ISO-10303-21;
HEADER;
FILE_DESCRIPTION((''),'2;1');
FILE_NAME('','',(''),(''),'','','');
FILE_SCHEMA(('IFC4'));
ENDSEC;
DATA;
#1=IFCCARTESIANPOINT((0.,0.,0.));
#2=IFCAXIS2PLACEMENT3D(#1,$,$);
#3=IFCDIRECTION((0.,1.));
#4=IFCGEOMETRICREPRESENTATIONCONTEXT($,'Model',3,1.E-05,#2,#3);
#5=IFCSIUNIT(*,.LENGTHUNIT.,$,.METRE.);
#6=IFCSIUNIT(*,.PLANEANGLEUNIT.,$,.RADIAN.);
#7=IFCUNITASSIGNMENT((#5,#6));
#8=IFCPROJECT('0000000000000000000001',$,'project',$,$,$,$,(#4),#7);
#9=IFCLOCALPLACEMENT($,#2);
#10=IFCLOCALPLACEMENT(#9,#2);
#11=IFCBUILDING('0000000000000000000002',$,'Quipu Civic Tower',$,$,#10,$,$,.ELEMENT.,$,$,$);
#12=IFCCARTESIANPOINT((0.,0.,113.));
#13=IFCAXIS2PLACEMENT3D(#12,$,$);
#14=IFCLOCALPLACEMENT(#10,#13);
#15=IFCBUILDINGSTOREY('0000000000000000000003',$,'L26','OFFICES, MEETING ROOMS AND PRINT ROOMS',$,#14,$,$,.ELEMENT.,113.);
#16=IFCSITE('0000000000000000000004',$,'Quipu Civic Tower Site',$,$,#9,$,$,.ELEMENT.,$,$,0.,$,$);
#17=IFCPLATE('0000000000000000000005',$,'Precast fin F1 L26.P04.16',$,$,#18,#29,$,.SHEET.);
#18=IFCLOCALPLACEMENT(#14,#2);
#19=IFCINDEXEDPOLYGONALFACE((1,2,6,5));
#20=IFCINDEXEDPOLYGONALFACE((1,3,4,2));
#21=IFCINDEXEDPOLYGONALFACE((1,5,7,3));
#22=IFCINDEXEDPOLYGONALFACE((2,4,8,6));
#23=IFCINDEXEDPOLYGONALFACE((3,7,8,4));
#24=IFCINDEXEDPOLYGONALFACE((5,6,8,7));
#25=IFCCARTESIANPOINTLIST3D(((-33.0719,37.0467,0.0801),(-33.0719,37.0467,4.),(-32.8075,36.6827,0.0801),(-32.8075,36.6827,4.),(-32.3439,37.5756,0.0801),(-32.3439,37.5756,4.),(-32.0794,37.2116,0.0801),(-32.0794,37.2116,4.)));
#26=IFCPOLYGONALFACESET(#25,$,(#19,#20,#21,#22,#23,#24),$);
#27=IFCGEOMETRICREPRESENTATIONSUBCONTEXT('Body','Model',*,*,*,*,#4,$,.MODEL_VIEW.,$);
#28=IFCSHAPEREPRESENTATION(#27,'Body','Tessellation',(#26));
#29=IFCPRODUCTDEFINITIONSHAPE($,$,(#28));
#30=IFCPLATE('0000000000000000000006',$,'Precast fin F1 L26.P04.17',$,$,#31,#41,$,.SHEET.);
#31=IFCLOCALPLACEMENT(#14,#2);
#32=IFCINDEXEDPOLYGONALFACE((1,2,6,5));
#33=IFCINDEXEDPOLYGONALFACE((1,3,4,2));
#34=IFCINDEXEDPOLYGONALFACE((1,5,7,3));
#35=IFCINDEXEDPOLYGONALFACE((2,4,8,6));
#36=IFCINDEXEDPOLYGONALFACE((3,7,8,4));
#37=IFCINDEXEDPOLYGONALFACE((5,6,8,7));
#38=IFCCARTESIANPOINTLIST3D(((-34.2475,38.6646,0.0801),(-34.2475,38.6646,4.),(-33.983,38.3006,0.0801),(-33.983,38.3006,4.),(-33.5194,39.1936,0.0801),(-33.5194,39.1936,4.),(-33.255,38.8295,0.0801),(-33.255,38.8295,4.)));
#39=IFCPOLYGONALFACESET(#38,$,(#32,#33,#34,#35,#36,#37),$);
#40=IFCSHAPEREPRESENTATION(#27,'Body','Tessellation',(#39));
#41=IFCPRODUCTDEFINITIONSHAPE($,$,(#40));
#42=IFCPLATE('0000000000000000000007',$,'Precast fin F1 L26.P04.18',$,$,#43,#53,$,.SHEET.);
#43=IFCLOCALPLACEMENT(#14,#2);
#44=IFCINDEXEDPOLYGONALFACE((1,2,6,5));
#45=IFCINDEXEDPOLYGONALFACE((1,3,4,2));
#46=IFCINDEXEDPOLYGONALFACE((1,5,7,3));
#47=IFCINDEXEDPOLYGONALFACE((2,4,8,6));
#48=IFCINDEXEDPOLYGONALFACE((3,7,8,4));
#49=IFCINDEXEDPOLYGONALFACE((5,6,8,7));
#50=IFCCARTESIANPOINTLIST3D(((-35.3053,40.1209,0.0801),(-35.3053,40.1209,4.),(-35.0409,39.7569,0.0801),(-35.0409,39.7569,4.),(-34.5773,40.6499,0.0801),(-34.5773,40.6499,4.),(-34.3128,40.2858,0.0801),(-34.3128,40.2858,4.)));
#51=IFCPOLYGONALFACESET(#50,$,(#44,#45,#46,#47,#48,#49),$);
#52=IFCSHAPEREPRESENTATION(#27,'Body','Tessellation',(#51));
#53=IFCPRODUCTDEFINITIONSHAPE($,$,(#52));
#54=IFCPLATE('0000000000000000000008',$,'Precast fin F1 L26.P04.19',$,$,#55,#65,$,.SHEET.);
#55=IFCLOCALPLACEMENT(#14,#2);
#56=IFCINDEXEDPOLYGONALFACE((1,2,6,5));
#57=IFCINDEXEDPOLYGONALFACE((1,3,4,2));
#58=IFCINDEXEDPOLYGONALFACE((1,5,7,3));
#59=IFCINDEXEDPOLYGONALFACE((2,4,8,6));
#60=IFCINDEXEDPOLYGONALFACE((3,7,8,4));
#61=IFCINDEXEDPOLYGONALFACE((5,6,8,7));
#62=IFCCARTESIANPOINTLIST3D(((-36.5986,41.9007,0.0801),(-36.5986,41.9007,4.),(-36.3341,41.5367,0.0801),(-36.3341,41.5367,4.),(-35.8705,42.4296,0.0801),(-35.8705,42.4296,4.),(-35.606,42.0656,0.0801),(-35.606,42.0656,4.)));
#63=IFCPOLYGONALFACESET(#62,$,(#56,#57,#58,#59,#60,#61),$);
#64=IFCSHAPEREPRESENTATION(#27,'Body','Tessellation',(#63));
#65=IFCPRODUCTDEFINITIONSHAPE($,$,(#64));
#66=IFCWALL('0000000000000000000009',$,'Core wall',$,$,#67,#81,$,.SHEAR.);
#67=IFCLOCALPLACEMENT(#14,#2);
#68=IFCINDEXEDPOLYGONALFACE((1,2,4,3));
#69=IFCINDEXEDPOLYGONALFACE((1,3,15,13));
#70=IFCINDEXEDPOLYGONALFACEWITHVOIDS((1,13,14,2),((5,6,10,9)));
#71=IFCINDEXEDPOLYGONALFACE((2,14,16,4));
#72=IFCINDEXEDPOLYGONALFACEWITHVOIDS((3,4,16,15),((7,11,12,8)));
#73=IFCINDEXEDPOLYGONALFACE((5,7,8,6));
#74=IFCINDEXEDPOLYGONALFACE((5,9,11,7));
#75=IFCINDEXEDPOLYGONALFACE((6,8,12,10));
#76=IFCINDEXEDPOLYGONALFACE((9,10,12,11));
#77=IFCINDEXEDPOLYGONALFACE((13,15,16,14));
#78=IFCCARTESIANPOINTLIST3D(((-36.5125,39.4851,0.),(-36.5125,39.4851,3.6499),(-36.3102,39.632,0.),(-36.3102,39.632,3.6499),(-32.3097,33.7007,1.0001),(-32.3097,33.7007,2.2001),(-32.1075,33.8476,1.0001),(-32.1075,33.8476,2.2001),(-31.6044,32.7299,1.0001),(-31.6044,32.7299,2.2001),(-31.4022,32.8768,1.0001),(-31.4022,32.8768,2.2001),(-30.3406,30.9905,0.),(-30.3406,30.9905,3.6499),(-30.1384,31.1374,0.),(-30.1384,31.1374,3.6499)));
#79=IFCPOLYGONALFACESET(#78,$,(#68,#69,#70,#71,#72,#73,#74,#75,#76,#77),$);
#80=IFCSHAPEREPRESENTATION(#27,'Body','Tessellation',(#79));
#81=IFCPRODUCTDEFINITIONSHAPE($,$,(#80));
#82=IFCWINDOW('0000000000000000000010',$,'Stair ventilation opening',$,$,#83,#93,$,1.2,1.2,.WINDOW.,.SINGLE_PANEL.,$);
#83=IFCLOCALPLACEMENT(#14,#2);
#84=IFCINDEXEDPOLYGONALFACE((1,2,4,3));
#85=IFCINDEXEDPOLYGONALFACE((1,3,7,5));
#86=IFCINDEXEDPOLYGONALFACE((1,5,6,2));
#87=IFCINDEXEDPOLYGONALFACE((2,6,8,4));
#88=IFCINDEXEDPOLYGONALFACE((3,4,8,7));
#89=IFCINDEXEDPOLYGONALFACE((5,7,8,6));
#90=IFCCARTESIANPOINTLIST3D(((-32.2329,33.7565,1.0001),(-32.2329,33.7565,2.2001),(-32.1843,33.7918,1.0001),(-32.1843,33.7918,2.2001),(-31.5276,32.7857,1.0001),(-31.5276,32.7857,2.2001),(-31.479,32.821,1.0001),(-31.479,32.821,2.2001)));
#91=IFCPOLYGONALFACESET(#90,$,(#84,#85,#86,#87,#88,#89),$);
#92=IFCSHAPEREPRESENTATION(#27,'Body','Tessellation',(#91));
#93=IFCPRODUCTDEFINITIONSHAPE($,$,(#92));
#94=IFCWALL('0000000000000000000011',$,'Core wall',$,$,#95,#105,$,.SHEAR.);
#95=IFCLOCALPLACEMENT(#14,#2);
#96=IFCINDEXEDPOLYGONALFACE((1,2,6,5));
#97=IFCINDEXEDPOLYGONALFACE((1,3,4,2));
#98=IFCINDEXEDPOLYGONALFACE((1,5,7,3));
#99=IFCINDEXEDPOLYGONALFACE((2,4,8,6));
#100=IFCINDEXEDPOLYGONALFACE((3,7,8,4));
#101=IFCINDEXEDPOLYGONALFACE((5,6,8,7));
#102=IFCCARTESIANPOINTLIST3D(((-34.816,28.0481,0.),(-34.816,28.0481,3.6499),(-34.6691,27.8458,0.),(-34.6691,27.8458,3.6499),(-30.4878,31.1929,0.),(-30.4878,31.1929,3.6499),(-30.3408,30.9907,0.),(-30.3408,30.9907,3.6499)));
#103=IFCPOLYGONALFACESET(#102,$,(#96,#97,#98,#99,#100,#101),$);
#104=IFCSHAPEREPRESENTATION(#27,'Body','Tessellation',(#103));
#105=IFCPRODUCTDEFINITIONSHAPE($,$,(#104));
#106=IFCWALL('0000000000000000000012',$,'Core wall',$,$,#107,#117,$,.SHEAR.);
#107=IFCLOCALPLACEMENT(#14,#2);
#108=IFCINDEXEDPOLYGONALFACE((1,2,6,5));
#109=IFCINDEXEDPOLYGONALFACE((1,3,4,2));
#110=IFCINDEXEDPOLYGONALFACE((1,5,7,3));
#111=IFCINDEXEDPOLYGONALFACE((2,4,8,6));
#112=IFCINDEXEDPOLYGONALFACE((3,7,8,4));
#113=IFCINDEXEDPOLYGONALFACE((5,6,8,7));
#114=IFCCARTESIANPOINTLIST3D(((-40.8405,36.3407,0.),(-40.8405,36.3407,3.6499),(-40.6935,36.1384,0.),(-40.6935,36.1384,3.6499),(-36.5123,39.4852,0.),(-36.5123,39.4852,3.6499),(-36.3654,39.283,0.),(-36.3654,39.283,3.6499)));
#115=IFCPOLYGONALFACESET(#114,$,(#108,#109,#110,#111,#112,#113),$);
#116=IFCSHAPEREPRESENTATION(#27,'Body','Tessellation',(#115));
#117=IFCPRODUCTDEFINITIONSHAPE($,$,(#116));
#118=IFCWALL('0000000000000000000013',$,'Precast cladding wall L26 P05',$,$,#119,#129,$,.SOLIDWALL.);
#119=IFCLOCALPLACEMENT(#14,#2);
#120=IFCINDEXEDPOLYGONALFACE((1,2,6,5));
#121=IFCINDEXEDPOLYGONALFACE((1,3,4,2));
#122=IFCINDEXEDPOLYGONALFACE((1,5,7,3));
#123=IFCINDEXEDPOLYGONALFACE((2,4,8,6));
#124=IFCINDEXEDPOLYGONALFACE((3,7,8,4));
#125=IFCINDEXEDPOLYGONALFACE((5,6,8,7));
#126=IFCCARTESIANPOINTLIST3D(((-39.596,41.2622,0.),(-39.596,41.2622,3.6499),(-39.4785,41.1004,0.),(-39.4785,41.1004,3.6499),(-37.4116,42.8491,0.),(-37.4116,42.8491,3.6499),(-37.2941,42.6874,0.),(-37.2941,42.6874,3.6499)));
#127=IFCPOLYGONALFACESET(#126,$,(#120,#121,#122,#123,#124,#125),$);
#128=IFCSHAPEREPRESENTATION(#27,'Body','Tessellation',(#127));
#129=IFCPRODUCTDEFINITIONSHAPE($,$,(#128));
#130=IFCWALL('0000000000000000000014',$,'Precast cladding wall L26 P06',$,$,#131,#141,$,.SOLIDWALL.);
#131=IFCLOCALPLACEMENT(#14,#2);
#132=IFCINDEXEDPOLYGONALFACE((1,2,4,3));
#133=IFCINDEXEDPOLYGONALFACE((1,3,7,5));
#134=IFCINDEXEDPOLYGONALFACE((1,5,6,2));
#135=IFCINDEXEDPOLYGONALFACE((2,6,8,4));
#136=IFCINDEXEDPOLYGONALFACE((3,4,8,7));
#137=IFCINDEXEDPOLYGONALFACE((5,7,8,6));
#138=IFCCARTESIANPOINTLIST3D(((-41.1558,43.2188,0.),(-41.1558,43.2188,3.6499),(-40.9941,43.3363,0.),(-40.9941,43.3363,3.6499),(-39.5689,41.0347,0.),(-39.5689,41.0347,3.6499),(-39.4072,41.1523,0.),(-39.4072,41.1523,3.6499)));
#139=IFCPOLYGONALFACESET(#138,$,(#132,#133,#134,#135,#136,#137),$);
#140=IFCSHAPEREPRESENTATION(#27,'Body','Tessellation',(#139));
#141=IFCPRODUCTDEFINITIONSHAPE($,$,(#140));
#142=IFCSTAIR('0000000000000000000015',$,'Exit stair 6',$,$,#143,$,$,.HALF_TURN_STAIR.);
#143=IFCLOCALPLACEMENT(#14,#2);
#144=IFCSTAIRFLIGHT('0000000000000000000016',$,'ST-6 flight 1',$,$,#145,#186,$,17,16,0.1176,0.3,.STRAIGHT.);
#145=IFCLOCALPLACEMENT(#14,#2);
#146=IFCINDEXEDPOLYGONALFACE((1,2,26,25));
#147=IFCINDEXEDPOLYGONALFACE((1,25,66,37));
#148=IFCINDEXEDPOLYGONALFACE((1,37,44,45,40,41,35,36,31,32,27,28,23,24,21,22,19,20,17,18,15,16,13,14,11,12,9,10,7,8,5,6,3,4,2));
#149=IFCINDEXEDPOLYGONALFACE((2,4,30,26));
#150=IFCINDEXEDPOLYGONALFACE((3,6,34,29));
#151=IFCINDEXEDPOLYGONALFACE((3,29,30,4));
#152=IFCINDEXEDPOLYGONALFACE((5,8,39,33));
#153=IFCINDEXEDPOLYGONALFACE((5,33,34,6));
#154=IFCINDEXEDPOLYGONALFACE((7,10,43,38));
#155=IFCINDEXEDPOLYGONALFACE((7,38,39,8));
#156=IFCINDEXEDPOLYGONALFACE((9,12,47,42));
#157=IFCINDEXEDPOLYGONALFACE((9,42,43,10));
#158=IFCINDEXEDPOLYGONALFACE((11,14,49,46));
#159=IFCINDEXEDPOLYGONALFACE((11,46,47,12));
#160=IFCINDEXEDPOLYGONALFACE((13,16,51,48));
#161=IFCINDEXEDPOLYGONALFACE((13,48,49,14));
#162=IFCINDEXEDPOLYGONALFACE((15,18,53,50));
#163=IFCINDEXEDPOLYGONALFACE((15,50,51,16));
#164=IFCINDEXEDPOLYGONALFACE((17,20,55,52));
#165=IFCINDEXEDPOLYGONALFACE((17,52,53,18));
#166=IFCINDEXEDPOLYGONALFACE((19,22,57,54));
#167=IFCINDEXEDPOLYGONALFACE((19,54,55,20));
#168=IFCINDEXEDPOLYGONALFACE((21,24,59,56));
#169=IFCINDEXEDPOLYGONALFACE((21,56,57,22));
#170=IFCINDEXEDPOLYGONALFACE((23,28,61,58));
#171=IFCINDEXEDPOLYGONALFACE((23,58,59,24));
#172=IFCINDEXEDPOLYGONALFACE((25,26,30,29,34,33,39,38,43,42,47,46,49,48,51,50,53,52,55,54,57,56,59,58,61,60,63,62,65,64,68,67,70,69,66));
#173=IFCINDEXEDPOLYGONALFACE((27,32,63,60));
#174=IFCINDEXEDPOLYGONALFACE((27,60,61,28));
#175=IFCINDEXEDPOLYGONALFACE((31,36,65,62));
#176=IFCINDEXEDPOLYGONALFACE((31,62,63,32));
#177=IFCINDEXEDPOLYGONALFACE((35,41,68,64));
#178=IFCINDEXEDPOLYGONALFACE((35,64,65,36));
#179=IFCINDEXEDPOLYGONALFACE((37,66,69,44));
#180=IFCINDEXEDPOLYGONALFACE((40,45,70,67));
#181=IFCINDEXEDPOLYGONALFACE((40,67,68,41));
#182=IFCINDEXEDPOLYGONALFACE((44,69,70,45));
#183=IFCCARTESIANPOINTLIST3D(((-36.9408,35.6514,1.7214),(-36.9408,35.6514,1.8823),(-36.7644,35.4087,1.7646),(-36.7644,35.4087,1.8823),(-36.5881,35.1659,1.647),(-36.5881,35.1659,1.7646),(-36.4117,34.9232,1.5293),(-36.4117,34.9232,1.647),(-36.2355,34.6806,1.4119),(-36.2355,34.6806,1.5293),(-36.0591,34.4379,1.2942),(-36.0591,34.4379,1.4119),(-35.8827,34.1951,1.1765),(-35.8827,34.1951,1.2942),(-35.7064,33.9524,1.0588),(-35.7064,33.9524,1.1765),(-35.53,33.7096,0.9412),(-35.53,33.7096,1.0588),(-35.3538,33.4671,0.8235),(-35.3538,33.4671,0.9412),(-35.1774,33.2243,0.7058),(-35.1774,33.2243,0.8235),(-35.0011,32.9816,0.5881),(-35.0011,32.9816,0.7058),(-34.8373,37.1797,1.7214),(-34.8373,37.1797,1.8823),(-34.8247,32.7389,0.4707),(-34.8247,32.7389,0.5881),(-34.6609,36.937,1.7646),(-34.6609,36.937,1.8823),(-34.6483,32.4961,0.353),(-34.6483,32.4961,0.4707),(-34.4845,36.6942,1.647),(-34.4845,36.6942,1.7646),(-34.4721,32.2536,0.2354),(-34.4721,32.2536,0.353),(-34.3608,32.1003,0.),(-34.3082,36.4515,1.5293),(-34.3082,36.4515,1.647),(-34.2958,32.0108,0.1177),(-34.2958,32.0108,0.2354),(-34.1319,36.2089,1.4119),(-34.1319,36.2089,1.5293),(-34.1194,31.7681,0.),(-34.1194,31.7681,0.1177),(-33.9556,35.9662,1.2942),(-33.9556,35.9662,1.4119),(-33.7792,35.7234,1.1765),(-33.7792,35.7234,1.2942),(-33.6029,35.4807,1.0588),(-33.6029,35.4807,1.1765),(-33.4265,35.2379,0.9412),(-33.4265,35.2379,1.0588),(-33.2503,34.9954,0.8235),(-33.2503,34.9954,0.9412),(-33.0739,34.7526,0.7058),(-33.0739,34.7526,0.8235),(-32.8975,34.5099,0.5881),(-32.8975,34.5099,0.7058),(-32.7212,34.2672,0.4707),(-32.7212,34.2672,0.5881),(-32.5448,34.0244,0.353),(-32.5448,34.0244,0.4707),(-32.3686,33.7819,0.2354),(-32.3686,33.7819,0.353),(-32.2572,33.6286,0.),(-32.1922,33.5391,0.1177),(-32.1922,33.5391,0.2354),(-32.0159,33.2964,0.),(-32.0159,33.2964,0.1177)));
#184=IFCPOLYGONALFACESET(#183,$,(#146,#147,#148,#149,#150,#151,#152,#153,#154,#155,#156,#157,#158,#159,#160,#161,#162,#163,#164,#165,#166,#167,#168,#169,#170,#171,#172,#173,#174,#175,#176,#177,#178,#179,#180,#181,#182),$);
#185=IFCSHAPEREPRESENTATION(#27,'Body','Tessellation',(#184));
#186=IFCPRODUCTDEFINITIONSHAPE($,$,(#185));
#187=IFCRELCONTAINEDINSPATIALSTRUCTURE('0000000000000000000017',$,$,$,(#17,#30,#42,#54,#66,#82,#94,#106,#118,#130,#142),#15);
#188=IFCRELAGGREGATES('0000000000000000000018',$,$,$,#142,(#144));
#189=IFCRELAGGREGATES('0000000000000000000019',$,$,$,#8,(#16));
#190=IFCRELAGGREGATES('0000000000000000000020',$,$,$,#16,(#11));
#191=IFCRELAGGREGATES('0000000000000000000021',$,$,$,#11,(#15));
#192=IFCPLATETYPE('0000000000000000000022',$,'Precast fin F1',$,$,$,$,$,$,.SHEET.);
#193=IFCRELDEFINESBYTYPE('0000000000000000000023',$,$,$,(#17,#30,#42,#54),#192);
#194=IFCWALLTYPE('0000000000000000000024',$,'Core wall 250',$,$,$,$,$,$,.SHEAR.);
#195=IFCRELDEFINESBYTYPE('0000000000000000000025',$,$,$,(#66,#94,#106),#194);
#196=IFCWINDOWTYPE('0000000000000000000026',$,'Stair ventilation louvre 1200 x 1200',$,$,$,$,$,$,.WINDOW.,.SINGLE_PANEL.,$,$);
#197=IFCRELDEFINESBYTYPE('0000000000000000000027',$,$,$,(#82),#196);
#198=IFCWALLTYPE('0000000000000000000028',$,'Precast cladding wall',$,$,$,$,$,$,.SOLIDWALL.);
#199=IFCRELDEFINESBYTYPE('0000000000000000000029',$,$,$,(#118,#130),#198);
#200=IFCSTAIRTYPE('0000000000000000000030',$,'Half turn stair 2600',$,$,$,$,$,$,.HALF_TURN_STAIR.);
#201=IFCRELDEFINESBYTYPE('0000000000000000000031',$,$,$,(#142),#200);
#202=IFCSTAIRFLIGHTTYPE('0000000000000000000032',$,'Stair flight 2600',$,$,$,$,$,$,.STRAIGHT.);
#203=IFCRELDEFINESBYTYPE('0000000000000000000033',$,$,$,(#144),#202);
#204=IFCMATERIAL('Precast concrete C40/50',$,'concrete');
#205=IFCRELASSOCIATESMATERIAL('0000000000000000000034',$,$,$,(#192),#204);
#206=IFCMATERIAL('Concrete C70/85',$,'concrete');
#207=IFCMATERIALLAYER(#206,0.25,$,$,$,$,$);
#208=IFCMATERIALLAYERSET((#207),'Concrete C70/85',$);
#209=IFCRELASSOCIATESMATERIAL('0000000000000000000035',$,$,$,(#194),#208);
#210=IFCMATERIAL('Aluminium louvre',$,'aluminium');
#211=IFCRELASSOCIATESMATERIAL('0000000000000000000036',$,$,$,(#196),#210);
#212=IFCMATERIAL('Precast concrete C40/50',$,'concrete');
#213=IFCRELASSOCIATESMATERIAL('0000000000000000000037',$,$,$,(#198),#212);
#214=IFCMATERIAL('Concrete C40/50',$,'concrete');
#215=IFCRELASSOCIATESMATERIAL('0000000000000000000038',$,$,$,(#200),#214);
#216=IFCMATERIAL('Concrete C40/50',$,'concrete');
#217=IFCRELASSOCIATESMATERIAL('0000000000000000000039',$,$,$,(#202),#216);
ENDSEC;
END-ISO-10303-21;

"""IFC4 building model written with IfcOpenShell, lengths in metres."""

from ifc_helpers import new_model, si_unit, direction, frame, frame_2d, origin, origin_2d, place, context, subcontext, project, spatial, polyline, rectangle, outline, extrude, material, layer, layer_set, type_object, element, fill, aggregate, save


model = new_model("IFC4")

# Units and contexts
model_context = context("Model", 3, precision=1e-05, world=origin(), true_north=direction((0.0, 1.0)))
body_context = subcontext(model_context, "Body", "Model", "MODEL_VIEW")
ifc_project = project(units=[si_unit("LENGTHUNIT", "METRE"), si_unit("PLANEANGLEUNIT", "RADIAN")], contexts=[model_context])

# Site, building, storey
site_placement = place(None, origin())
site = spatial("IfcSite", under=ifc_project, at=site_placement, Name="Quipu Civic Tower Site", CompositionType="ELEMENT", RefElevation=0.0)
building_placement = place(site_placement, origin())
building = spatial("IfcBuilding", under=site, at=building_placement, Name="Quipu Civic Tower", CompositionType="ELEMENT")
storey_placement = place(building_placement, frame((0.0, 0.0, 113.0)))
storey = spatial("IfcBuildingStorey", under=building, at=storey_placement, Name="L26", Description="OFFICES, MEETING ROOMS AND PRINT ROOMS", CompositionType="ELEMENT", Elevation=113.0)

# Plates
ifc_material_1 = material(Name="Precast concrete C40/50", Category="concrete")
plate_type_1 = type_object("IfcPlateType", Name="Precast fin F1", PredefinedType="SHEET", material=ifc_material_1)
for number, where, z_axis, x_axis, name in (
    (1, (-32.5757, 37.1292, 0.0801), (0.0, 0.0, 1.0), (-0.587785, 0.809017, 0.0), "Precast fin F1 L26.P04.16"),
    (2, (-33.7512, 38.7471, 0.0801), (0.0, 0.0, 1.0), (-0.587785, 0.809017, 0.0), "Precast fin F1 L26.P04.17"),
    (3, (-34.8091, 40.2034, 0.0801), (0.0, 0.0, 1.0), (-0.587785, 0.809017, 0.0), "Precast fin F1 L26.P04.18"),
    (4, (-36.1023, 41.9832, 0.0801), (0.0, 0.0, 1.0), (-0.587785, 0.809017, 0.0), "Precast fin F1 L26.P04.19"),
):
    element("IfcPlate", number, at=place(storey_placement, frame(where, z_axis=z_axis, x_axis=x_axis)), inside=storey, type_object=plate_type_1, Name=name, PredefinedType="SHEET", context=body_context, shape_type="SweptSolid", body=[
        extrude(rectangle(XDim=0.45, YDim=0.8999, at=origin_2d()), origin(), (0.0, 0.0, 1.0), 3.9199),
    ])

# Wall, opening, window
ifc_material_2 = material(Name="Concrete C70/85", Category="concrete")
ifc_layer_1 = layer(ifc_material_2, 0.25)
ifc_layer_set_1 = layer_set([ifc_layer_1], Name="Concrete C70/85")
wall_type_1 = type_object("IfcWallType", Name="Core wall 250", PredefinedType="SHEAR", material=ifc_layer_set_1)
wall_1_placement = place(storey_placement, frame((-30.2395, 31.064, 0.0), z_axis=(0.0, 0.0, 1.0), x_axis=(-0.587796, 0.809009, 0.0)))
wall_1 = element("IfcWall", 5, at=wall_1_placement, inside=storey, type_object=wall_type_1, Name="Core wall", PredefinedType="SHEAR", context=body_context, shape_type="SweptSolid", body=[
    extrude(rectangle(XDim=10.5, YDim=0.25, at=frame_2d((5.25, 0.0))), origin(), (0.0, 0.0, 1.0), 3.6499),
])
opening_placement = place(wall_1_placement, frame((2.1499, 0.0, 1.0)))
opening = element("IfcOpeningElement", 6, at=opening_placement, cuts=wall_1, PredefinedType="OPENING", context=body_context, shape_type="SweptSolid", body=[
    extrude(rectangle(XDim=1.2, YDim=1.2, at=frame_2d((0.6001, 0.6001))), frame((0.0, 0.135, 0.0), z_axis=(0.0, -1.0, 0.0), x_axis=(1.0, 0.0, 0.0)), (0.0, 0.0, 1.0), 0.27),
])
ifc_material_3 = material(Name="Aluminium louvre", Category="aluminium")
window_type = type_object("IfcWindowType", Name="Stair ventilation louvre 1200 x 1200", PartitioningType="SINGLE_PANEL", PredefinedType="WINDOW", material=ifc_material_3)
window_placement = place(opening_placement, origin())
window = element("IfcWindow", 7, at=window_placement, inside=storey, type_object=window_type, Name="Stair ventilation opening", OverallHeight=1.2, OverallWidth=1.2, PartitioningType="SINGLE_PANEL", PredefinedType="WINDOW", context=body_context, shape_type="SweptSolid", body=[
    extrude(rectangle(XDim=1.2, YDim=1.2, at=frame_2d((0.6001, 0.6001))), frame((0.0, 0.03, 0.0), z_axis=(0.0, -1.0, 0.0), x_axis=(1.0, 0.0, 0.0)), (0.0, 0.0, 1.0), 0.0601),
])
fill(opening, window)

# Walls
wall_2_placement = place(storey_placement, frame((-30.4143, 31.0918, 0.0), z_axis=(0.0, 0.0, 1.0), x_axis=(-0.808998, -0.587811, 0.0)))
element("IfcWall", 8, at=wall_2_placement, inside=storey, type_object=wall_type_1, Name="Core wall", PredefinedType="SHEAR", context=body_context, shape_type="SweptSolid", body=[
    extrude(rectangle(XDim=5.3501, YDim=0.25, at=frame_2d((2.675, 0.0))), origin(), (0.0, 0.0, 1.0), 3.6499),
])
wall_3_placement = place(storey_placement, frame((-36.439, 39.384, 0.0), z_axis=(0.0, 0.0, 1.0), x_axis=(-0.80902, -0.587781, 0.0)))
element("IfcWall", 9, at=wall_3_placement, inside=storey, type_object=wall_type_1, Name="Core wall", PredefinedType="SHEAR", context=body_context, shape_type="SweptSolid", body=[
    extrude(rectangle(XDim=5.3499, YDim=0.25, at=frame_2d((2.6748, 0.0))), origin(), (0.0, 0.0, 1.0), 3.6499),
])
ifc_material_4 = material(Name="Precast concrete C40/50", Category="concrete")
wall_type_2 = type_object("IfcWallType", Name="Precast cladding wall", PredefinedType="SOLIDWALL", material=ifc_material_4)
wall_4_placement = place(storey_placement, frame((-37.3528, 42.7683, 0.0), z_axis=(0.0, 0.0, 1.0), x_axis=(-0.809033, -0.587763, 0.0)))
element("IfcWall", 10, at=wall_4_placement, inside=storey, type_object=wall_type_2, Name="Precast cladding wall L26 P05", PredefinedType="SOLIDWALL", context=body_context, shape_type="SweptSolid", body=[
    extrude(rectangle(XDim=2.7, YDim=0.2, at=frame_2d((1.3501, 0.0))), origin(), (0.0, 0.0, 1.0), 3.6499),
])
wall_5_placement = place(storey_placement, frame((-39.488, 41.0935, 0.0), z_axis=(0.0, 0.0, 1.0), x_axis=(-0.587806, 0.809002, 0.0)))
element("IfcWall", 11, at=wall_5_placement, inside=storey, type_object=wall_type_2, Name="Precast cladding wall L26 P06", PredefinedType="SOLIDWALL", context=body_context, shape_type="SweptSolid", body=[
    extrude(rectangle(XDim=2.6997, YDim=0.2, at=frame_2d((1.3499, 0.0))), origin(), (0.0, 0.0, 1.0), 3.6499),
])

# Stair, stair flight
ifc_material_5 = material(Name="Concrete C40/50", Category="concrete")
stair_type = type_object("IfcStairType", Name="Half turn stair 2600", PredefinedType="HALF_TURN_STAIR", material=ifc_material_5)
stair_placement = place(storey_placement, origin())
stair = element("IfcStair", 12, at=stair_placement, inside=storey, type_object=stair_type, Name="Exit stair 6", PredefinedType="HALF_TURN_STAIR")
ifc_material_6 = material(Name="Concrete C40/50", Category="concrete")
stair_flight_type = type_object("IfcStairFlightType", Name="Stair flight 2600", PredefinedType="STRAIGHT", material=ifc_material_6)
stair_flight_1_placement = place(storey_placement, frame((-33.0676, 32.5322, 0.0), z_axis=(0.0, 0.0, 1.0), x_axis=(-0.587785, 0.809017, 0.0)))
stair_flight_1 = element("IfcStairFlight", 13, at=stair_flight_1_placement, type_object=stair_flight_type, Name="ST-6 flight 1", NumberOfRisers=17, NumberOfTreads=16, PredefinedType="STRAIGHT", RiserHeight=0.1176, TreadLength=0.3, context=body_context, shape_type="SweptSolid", body=[
    extrude(outline(polyline([(0.0, 0.0), (0.0, 0.1177), (0.3, 0.1177), (0.3, 0.2354), (0.6001, 0.2354), (0.6001, 0.353), (0.8999, 0.353), (0.8999, 0.4707), (1.2, 0.4707), (1.2, 0.5881), (1.5, 0.5881), (1.5, 0.7058), (1.8, 0.7058), (1.8, 0.8235), (2.1001, 0.8235), (2.1001, 0.9412), (2.3999, 0.9412), (2.3999, 1.0588), (2.7, 1.0588), (2.7, 1.1765), (3.0, 1.1765), (3.0, 1.2942), (3.3, 1.2942), (3.3, 1.4119), (3.6001, 1.4119), (3.6001, 1.5293), (3.8999, 1.5293), (3.8999, 1.647), (4.2, 1.647), (4.2, 1.7646), (4.5, 1.7646), (4.5, 1.8823), (4.8, 1.8823), (4.8, 2.0), (4.8, 1.7214), (0.4106, 0.0), (0.0, 0.0)])), frame((0.0, 1.3, 0.0), z_axis=(0.0, -1.0, 0.0), x_axis=(1.0, 0.0, 0.0)), (0.0, 0.0, 1.0), 2.6001),
])
aggregate(stair, [stair_flight_1])

save(model, "model.ifc")
